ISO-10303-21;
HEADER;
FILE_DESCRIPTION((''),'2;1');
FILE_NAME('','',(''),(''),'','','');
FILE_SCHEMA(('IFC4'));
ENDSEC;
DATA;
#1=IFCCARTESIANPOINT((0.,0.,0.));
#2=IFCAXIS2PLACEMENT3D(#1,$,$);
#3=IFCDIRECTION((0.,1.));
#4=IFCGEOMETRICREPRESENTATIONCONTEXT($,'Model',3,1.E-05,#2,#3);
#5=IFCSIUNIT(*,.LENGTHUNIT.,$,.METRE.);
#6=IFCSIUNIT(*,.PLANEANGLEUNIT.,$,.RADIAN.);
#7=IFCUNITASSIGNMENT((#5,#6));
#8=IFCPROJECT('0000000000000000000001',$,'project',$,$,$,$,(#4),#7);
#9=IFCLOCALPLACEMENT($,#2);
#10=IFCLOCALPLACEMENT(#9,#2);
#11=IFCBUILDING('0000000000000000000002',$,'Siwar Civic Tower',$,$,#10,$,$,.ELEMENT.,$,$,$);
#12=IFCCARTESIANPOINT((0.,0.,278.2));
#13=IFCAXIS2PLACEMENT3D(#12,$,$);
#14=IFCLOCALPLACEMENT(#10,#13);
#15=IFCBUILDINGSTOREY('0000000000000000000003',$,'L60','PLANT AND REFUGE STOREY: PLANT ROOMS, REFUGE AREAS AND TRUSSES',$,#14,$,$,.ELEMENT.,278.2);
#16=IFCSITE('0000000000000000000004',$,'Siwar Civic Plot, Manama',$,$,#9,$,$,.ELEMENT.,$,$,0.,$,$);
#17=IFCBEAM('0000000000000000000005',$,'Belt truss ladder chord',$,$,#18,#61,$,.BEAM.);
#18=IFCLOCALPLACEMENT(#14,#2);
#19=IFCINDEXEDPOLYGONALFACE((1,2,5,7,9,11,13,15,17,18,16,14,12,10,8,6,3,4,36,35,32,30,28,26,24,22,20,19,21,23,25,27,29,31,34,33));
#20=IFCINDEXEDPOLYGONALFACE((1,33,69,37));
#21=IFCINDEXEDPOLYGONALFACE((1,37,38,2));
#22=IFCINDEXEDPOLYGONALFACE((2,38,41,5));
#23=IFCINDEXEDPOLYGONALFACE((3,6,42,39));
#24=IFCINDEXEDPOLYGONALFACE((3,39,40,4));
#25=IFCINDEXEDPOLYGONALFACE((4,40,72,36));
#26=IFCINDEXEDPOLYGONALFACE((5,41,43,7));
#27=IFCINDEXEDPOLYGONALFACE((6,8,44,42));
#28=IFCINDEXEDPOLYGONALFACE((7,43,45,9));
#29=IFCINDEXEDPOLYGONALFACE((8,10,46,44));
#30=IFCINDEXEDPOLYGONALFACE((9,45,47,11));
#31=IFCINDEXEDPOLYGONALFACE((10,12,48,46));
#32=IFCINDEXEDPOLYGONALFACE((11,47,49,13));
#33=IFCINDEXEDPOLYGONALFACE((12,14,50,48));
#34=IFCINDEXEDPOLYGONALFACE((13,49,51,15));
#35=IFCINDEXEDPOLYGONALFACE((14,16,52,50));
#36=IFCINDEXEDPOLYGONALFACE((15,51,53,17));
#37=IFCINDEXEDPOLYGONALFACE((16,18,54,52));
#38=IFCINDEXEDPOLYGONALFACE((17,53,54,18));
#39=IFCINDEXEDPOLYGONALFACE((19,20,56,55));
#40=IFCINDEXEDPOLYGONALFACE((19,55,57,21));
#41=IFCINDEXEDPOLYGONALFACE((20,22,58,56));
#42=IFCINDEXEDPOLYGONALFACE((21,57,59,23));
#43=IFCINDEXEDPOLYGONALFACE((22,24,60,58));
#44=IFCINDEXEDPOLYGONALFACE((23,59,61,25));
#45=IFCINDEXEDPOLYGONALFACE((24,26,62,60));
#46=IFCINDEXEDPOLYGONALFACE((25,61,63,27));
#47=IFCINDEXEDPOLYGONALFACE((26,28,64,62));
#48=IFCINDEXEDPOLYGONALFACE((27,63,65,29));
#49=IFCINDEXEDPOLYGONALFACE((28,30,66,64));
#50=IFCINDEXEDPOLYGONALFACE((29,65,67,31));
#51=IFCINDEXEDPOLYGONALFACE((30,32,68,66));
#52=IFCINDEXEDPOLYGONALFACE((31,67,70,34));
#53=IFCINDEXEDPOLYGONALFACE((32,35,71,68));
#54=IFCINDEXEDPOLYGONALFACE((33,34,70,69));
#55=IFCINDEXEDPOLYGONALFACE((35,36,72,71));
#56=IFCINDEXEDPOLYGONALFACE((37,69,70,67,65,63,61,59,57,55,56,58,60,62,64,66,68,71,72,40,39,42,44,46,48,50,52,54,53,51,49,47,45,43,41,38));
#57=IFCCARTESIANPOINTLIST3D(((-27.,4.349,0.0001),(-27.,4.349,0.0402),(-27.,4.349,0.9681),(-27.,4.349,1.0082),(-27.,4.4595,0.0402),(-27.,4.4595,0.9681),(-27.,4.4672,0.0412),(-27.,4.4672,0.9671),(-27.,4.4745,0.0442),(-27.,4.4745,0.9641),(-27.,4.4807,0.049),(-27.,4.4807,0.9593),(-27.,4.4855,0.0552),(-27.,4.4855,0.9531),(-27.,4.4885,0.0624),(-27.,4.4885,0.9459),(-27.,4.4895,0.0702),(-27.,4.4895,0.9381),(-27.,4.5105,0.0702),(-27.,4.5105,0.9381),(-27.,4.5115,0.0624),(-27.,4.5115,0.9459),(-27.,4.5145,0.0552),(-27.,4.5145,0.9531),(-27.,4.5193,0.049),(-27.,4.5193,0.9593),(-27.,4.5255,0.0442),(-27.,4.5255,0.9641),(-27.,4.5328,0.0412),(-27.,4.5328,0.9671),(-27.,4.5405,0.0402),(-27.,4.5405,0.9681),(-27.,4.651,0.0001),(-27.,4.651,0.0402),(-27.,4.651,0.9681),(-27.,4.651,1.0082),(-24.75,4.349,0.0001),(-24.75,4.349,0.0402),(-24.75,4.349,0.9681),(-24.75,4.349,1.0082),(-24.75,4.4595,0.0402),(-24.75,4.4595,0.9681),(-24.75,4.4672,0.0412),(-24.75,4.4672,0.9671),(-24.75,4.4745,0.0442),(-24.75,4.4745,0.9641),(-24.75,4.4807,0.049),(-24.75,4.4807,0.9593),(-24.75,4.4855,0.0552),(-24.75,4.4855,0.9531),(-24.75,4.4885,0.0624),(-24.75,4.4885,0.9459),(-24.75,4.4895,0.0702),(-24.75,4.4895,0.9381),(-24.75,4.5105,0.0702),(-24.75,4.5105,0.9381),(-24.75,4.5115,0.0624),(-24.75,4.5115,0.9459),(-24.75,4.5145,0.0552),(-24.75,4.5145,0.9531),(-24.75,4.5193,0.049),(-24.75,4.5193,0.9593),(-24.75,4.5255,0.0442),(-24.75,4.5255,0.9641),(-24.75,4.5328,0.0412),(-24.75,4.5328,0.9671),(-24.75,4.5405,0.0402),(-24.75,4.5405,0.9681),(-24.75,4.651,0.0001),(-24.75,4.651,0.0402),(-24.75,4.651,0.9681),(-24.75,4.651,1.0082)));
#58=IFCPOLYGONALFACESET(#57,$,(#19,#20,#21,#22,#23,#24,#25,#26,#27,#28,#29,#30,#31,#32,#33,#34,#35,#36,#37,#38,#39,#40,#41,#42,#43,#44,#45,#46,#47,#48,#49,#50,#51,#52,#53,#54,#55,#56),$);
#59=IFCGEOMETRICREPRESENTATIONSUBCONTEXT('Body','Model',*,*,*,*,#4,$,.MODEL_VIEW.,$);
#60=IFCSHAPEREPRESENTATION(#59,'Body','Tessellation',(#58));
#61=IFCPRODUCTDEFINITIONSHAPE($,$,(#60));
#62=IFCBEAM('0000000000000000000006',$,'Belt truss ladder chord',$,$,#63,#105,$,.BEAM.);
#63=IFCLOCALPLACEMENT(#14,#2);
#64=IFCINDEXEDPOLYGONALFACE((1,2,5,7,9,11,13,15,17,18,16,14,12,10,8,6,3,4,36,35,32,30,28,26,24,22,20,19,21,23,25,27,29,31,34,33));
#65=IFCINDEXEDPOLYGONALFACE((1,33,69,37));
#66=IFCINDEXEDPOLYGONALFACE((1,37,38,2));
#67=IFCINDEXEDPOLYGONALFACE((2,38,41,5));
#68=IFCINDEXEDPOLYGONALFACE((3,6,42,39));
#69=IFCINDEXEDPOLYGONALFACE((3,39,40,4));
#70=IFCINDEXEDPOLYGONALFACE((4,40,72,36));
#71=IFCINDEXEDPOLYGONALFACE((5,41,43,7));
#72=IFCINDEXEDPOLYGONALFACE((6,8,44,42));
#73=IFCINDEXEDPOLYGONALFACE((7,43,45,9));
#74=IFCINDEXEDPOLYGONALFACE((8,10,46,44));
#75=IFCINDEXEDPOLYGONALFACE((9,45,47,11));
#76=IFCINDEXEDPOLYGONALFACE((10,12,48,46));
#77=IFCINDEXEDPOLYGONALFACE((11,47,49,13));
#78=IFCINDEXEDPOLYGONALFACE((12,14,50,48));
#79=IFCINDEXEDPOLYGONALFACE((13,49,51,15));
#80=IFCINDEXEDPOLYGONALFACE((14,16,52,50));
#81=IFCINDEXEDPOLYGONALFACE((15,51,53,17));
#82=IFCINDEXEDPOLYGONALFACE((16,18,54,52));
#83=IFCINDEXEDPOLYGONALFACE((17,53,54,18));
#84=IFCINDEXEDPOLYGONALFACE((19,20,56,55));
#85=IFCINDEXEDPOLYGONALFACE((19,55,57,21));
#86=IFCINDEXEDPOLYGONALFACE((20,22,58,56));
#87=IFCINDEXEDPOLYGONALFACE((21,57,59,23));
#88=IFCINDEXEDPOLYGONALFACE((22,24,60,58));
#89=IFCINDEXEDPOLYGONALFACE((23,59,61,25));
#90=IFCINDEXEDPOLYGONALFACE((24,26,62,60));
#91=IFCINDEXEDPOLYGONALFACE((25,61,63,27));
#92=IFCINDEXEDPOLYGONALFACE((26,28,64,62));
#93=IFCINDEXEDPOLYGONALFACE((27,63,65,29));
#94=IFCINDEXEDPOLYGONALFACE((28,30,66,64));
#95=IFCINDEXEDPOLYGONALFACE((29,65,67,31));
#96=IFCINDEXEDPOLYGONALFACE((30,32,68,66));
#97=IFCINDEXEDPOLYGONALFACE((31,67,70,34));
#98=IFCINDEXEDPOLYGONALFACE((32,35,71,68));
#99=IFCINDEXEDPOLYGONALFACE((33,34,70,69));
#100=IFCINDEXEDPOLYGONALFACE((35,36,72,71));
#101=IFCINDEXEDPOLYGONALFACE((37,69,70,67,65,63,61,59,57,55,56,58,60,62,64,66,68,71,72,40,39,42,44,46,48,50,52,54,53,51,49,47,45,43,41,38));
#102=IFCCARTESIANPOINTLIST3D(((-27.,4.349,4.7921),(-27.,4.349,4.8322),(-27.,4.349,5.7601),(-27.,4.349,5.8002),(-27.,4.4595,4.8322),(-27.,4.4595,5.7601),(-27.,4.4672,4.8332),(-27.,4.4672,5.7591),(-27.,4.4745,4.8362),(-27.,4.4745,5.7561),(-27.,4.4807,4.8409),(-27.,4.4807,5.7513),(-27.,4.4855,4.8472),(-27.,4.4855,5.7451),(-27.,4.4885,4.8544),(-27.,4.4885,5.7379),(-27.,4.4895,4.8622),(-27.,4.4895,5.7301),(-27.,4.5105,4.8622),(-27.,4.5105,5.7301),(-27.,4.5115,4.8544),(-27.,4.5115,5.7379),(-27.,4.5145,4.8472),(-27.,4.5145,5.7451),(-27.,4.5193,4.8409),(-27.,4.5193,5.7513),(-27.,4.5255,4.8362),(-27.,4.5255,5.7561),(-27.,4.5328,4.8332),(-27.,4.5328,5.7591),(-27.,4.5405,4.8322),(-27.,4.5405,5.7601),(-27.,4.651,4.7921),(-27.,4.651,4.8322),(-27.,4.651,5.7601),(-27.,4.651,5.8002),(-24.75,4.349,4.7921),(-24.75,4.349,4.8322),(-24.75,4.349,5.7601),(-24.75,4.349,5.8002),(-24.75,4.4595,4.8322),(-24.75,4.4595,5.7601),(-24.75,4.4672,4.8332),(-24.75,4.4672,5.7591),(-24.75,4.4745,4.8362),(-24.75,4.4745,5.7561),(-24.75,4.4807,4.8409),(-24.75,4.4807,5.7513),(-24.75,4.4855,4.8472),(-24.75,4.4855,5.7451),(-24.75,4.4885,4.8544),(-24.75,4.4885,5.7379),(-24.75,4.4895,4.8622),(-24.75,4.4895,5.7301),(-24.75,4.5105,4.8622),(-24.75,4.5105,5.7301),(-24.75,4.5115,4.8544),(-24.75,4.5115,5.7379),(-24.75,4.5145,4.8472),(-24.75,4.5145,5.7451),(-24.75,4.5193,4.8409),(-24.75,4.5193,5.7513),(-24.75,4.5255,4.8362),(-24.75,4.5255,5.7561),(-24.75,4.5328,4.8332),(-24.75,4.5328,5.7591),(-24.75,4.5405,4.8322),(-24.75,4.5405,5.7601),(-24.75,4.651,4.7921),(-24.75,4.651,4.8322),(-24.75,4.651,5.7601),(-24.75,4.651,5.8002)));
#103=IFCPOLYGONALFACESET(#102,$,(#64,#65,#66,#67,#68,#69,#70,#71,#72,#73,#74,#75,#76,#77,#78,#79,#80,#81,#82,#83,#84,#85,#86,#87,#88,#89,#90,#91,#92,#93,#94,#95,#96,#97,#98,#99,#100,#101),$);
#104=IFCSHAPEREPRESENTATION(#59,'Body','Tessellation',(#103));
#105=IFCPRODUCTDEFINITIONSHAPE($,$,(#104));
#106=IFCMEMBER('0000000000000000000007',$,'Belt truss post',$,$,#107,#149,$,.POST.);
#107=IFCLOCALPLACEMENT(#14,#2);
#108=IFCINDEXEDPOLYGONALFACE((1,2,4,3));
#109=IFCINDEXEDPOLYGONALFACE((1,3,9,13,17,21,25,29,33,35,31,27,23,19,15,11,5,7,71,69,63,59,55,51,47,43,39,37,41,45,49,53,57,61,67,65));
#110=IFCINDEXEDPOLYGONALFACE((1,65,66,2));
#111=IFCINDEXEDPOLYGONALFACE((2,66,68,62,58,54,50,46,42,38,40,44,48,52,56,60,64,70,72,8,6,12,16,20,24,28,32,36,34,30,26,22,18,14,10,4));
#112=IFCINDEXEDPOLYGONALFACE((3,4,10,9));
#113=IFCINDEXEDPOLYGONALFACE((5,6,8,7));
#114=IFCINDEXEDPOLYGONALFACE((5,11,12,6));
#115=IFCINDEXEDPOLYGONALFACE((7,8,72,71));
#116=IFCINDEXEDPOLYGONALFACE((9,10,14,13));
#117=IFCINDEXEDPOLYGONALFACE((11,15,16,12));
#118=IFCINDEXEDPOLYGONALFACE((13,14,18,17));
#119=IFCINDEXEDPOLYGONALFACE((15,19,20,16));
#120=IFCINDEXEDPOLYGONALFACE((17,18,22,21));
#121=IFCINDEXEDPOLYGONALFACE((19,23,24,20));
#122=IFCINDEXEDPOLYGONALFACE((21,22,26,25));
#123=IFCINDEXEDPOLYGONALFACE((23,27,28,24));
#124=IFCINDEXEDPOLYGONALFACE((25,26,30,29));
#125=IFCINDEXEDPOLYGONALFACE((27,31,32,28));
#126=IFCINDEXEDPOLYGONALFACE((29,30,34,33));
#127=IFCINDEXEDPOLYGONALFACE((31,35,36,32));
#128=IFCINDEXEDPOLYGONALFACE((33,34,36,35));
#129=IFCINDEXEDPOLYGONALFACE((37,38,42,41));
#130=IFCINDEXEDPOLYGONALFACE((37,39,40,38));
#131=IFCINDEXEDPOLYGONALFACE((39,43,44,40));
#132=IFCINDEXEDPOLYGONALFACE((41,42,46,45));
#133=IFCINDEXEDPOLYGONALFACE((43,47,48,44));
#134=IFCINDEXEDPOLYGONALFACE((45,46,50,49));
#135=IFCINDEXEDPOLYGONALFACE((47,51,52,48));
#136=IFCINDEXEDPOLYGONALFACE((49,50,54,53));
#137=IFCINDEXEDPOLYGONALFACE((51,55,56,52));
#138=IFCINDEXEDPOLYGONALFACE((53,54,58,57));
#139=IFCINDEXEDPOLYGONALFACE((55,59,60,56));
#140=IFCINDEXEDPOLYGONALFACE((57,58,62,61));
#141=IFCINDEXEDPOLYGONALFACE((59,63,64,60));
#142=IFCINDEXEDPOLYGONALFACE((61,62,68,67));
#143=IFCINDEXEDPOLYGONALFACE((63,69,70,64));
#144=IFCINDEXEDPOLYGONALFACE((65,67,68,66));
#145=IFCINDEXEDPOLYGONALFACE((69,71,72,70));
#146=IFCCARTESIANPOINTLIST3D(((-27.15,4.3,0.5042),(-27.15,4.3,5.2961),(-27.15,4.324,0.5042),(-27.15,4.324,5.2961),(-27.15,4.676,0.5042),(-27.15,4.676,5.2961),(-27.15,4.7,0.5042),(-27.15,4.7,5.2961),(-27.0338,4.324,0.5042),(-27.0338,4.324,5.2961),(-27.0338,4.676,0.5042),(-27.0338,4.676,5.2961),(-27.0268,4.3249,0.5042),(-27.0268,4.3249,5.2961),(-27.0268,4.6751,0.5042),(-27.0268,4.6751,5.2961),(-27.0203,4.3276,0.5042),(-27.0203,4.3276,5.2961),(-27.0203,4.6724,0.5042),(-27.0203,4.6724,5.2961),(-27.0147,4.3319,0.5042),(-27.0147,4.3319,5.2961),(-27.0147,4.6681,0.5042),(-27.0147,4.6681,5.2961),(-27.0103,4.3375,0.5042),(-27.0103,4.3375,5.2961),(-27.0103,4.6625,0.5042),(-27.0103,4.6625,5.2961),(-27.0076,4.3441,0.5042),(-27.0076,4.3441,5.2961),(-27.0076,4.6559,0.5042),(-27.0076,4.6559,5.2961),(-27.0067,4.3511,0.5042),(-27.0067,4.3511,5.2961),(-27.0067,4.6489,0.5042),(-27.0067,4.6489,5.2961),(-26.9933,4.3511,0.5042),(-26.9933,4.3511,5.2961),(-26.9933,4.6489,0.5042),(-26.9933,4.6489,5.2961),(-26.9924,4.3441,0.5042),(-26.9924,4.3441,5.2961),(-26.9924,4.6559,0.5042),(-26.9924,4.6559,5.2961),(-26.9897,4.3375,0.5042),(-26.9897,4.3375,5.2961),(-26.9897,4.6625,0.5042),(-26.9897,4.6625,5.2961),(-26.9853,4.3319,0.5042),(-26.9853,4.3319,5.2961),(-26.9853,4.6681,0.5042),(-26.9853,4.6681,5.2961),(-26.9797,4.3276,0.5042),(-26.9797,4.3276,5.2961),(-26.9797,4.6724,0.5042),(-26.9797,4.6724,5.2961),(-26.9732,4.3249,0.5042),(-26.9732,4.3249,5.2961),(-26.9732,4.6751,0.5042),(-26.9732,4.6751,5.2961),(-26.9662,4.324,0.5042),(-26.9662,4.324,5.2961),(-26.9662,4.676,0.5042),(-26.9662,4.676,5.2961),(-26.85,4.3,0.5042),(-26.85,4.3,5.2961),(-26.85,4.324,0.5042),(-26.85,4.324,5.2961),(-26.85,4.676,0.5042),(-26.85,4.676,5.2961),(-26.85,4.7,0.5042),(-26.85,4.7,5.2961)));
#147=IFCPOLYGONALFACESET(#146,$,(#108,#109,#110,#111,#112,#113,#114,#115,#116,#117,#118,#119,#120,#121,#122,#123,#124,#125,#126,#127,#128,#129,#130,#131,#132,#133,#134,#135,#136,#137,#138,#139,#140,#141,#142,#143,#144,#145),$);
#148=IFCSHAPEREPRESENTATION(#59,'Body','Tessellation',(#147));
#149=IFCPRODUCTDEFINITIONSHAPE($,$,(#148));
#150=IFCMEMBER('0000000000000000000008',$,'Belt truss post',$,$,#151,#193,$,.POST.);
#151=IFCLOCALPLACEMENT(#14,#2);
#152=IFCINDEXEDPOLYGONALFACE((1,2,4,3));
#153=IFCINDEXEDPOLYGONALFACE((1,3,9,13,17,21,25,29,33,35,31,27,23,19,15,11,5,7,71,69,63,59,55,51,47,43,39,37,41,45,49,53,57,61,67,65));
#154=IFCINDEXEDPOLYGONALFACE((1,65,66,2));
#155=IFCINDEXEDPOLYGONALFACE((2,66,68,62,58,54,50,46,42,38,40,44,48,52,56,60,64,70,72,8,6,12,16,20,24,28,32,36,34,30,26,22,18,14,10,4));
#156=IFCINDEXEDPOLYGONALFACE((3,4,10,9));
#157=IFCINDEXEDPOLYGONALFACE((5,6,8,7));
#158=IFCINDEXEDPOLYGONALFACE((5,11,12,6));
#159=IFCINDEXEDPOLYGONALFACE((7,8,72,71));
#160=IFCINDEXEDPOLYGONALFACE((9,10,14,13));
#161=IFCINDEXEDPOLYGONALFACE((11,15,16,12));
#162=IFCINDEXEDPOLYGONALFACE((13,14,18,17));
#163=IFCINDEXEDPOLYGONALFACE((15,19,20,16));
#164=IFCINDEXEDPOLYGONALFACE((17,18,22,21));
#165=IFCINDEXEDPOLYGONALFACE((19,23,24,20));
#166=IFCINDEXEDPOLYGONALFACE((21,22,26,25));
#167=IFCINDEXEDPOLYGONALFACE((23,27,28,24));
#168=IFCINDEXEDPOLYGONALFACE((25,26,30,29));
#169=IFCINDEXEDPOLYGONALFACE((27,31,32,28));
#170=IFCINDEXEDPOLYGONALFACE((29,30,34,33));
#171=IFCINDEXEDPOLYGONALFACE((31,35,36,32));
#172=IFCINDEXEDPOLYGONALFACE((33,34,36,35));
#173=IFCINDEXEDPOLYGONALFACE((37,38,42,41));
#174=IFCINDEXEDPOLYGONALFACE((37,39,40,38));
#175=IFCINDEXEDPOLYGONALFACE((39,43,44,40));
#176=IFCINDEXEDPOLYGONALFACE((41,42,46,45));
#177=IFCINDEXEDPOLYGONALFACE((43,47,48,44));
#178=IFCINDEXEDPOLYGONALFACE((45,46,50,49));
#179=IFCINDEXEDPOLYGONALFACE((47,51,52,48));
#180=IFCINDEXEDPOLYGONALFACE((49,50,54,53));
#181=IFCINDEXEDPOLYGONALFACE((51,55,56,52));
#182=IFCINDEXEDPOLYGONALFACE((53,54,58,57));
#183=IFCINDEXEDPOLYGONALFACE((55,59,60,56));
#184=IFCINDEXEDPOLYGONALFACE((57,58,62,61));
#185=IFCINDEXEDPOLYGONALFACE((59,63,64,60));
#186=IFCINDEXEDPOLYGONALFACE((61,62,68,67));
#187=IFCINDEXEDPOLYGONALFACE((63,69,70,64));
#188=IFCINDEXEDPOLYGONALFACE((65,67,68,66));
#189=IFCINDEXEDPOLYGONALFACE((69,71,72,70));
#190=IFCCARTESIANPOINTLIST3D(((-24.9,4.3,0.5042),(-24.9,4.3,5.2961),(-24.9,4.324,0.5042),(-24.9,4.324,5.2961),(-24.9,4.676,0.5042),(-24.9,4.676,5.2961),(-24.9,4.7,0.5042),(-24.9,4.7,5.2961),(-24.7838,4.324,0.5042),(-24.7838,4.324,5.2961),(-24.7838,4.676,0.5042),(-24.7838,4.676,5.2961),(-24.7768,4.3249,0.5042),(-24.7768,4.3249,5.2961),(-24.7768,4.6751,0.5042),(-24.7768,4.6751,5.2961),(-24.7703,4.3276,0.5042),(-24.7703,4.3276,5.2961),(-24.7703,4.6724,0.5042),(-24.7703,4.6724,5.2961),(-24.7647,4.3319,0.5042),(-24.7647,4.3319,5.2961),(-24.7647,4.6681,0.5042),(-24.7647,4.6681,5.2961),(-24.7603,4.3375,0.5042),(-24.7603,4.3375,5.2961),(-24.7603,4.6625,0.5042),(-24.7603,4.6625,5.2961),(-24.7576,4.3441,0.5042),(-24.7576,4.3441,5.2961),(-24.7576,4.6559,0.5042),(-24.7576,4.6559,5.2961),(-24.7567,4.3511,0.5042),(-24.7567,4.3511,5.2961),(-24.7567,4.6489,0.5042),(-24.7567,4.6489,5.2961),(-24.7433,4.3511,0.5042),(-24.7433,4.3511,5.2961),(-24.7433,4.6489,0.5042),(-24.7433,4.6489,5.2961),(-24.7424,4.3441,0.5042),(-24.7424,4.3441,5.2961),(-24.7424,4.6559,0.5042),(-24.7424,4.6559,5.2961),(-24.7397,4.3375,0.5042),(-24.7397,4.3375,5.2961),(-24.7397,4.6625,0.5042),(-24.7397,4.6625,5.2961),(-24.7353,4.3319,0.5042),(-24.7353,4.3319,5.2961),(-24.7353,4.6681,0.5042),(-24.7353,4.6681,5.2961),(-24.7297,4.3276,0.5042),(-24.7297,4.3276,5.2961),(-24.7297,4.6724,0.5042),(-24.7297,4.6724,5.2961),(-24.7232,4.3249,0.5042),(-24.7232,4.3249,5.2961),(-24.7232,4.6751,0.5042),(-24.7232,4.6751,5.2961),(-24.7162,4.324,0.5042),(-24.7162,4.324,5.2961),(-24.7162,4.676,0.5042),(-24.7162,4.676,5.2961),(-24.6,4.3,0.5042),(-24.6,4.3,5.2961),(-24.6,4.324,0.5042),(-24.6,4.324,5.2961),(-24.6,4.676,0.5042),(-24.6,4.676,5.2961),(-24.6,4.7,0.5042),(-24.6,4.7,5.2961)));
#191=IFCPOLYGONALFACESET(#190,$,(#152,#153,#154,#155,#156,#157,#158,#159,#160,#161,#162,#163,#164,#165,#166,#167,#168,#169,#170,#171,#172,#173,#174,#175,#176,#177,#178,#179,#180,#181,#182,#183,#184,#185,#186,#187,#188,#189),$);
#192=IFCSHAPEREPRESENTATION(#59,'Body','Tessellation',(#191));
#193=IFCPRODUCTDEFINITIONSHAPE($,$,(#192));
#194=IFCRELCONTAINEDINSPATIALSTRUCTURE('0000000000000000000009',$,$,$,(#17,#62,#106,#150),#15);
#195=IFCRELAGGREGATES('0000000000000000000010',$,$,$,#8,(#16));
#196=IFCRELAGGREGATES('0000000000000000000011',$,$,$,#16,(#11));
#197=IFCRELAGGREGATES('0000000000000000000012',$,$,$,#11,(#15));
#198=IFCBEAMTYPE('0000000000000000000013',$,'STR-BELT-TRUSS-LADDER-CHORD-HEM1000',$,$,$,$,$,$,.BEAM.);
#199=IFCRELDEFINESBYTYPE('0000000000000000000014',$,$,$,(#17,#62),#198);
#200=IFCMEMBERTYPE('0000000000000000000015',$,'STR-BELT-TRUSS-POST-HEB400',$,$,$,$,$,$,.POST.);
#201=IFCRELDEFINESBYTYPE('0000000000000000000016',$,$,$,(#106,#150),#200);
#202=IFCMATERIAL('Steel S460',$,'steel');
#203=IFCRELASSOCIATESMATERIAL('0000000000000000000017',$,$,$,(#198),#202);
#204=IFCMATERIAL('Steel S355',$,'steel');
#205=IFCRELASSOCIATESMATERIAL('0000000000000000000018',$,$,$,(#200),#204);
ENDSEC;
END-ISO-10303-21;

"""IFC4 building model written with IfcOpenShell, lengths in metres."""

from ifc_helpers import new_model, si_unit, direction, frame, origin, origin_2d, place, context, subcontext, project, spatial, i_section, extrude, material, material_profile, profile_set, type_object, element, save


model = new_model("IFC4")

# Units and contexts
model_context = context("Model", 3, precision=1e-05, world=origin(), true_north=direction((0.0, 1.0)))
body_context = subcontext(model_context, "Body", "Model", "MODEL_VIEW")
ifc_project = project(units=[si_unit("LENGTHUNIT", "METRE"), si_unit("PLANEANGLEUNIT", "RADIAN")], contexts=[model_context])

# Site, building, storey
site_placement = place(None, origin())
site = spatial("IfcSite", under=ifc_project, at=site_placement, Name="Siwar Civic Plot, Manama", CompositionType="ELEMENT", RefElevation=0.0)
building_placement = place(site_placement, origin())
building = spatial("IfcBuilding", under=site, at=building_placement, Name="Siwar Civic Tower", CompositionType="ELEMENT")
storey_placement = place(building_placement, frame((0.0, 0.0, 278.2)))
storey = spatial("IfcBuildingStorey", under=building, at=storey_placement, Name="L60", Description="PLANT AND REFUGE STOREY: PLANT ROOMS, REFUGE AREAS AND TRUSSES", CompositionType="ELEMENT", Elevation=278.2)

# Beams
ifc_material_1 = material(Name="Steel S460", Category="steel")
ifc_material_profile_1 = material_profile(ifc_material_1, i_section(OverallWidth=0.302, OverallDepth=1.0081, WebThickness=0.021, FlangeThickness=0.04, FilletRadius=0.03, at=origin_2d()), Name="HEM1000")
ifc_profile_set_1 = profile_set([ifc_material_profile_1], Name="Steel S460")
beam_type_1 = type_object("IfcBeamType", Name="STR-BELT-TRUSS-LADDER-CHORD-HEM1000", PredefinedType="BEAM", material=ifc_profile_set_1)
for number, where, z_axis, x_axis, name in (
    (1, (-24.75, 4.5, 0.5042), (-1.0, 0.0, 0.0), (0.0, -1.0, 0.0), "Belt truss ladder chord"),
    (2, (-24.75, 4.5, 5.2961), (-1.0, 0.0, 0.0), (0.0, -1.0, 0.0), "Belt truss ladder chord"),
):
    element("IfcBeam", number, at=place(storey_placement, frame(where, z_axis=z_axis, x_axis=x_axis)), inside=storey, type_object=beam_type_1, Name=name, PredefinedType="BEAM", context=body_context, shape_type="SweptSolid", body=[
        extrude(i_section(OverallWidth=0.302, OverallDepth=1.0081, WebThickness=0.021, FlangeThickness=0.04, FilletRadius=0.03, at=origin_2d()), origin(), (0.0, 0.0, 1.0), 2.25),
    ])

# Members
ifc_material_2 = material(Name="Steel S355", Category="steel")
ifc_material_profile_2 = material_profile(ifc_material_2, i_section(OverallWidth=0.3, OverallDepth=0.3999, WebThickness=0.0134, FlangeThickness=0.0239, FilletRadius=0.0271, at=origin_2d()), Name="HEB400")
ifc_profile_set_2 = profile_set([ifc_material_profile_2], Name="Steel S355")
member_type_1 = type_object("IfcMemberType", Name="STR-BELT-TRUSS-POST-HEB400", PredefinedType="POST", material=ifc_profile_set_2)
for number, where, z_axis, x_axis, name in (
    (3, (-27.0, 4.5, 0.5042), (0.0, 0.0, 1.0), (1.0, 0.0, 0.0), "Belt truss post"),
    (4, (-24.75, 4.5, 0.5042), (0.0, 0.0, 1.0), (1.0, 0.0, 0.0), "Belt truss post"),
):
    element("IfcMember", number, at=place(storey_placement, frame(where, z_axis=z_axis, x_axis=x_axis)), inside=storey, type_object=member_type_1, Name=name, PredefinedType="POST", context=body_context, shape_type="SweptSolid", body=[
        extrude(i_section(OverallWidth=0.3, OverallDepth=0.3999, WebThickness=0.0134, FlangeThickness=0.0239, FilletRadius=0.0271, at=origin_2d()), origin(), (0.0, 0.0, 1.0), 4.792),
    ])

save(model, "model.ifc")
